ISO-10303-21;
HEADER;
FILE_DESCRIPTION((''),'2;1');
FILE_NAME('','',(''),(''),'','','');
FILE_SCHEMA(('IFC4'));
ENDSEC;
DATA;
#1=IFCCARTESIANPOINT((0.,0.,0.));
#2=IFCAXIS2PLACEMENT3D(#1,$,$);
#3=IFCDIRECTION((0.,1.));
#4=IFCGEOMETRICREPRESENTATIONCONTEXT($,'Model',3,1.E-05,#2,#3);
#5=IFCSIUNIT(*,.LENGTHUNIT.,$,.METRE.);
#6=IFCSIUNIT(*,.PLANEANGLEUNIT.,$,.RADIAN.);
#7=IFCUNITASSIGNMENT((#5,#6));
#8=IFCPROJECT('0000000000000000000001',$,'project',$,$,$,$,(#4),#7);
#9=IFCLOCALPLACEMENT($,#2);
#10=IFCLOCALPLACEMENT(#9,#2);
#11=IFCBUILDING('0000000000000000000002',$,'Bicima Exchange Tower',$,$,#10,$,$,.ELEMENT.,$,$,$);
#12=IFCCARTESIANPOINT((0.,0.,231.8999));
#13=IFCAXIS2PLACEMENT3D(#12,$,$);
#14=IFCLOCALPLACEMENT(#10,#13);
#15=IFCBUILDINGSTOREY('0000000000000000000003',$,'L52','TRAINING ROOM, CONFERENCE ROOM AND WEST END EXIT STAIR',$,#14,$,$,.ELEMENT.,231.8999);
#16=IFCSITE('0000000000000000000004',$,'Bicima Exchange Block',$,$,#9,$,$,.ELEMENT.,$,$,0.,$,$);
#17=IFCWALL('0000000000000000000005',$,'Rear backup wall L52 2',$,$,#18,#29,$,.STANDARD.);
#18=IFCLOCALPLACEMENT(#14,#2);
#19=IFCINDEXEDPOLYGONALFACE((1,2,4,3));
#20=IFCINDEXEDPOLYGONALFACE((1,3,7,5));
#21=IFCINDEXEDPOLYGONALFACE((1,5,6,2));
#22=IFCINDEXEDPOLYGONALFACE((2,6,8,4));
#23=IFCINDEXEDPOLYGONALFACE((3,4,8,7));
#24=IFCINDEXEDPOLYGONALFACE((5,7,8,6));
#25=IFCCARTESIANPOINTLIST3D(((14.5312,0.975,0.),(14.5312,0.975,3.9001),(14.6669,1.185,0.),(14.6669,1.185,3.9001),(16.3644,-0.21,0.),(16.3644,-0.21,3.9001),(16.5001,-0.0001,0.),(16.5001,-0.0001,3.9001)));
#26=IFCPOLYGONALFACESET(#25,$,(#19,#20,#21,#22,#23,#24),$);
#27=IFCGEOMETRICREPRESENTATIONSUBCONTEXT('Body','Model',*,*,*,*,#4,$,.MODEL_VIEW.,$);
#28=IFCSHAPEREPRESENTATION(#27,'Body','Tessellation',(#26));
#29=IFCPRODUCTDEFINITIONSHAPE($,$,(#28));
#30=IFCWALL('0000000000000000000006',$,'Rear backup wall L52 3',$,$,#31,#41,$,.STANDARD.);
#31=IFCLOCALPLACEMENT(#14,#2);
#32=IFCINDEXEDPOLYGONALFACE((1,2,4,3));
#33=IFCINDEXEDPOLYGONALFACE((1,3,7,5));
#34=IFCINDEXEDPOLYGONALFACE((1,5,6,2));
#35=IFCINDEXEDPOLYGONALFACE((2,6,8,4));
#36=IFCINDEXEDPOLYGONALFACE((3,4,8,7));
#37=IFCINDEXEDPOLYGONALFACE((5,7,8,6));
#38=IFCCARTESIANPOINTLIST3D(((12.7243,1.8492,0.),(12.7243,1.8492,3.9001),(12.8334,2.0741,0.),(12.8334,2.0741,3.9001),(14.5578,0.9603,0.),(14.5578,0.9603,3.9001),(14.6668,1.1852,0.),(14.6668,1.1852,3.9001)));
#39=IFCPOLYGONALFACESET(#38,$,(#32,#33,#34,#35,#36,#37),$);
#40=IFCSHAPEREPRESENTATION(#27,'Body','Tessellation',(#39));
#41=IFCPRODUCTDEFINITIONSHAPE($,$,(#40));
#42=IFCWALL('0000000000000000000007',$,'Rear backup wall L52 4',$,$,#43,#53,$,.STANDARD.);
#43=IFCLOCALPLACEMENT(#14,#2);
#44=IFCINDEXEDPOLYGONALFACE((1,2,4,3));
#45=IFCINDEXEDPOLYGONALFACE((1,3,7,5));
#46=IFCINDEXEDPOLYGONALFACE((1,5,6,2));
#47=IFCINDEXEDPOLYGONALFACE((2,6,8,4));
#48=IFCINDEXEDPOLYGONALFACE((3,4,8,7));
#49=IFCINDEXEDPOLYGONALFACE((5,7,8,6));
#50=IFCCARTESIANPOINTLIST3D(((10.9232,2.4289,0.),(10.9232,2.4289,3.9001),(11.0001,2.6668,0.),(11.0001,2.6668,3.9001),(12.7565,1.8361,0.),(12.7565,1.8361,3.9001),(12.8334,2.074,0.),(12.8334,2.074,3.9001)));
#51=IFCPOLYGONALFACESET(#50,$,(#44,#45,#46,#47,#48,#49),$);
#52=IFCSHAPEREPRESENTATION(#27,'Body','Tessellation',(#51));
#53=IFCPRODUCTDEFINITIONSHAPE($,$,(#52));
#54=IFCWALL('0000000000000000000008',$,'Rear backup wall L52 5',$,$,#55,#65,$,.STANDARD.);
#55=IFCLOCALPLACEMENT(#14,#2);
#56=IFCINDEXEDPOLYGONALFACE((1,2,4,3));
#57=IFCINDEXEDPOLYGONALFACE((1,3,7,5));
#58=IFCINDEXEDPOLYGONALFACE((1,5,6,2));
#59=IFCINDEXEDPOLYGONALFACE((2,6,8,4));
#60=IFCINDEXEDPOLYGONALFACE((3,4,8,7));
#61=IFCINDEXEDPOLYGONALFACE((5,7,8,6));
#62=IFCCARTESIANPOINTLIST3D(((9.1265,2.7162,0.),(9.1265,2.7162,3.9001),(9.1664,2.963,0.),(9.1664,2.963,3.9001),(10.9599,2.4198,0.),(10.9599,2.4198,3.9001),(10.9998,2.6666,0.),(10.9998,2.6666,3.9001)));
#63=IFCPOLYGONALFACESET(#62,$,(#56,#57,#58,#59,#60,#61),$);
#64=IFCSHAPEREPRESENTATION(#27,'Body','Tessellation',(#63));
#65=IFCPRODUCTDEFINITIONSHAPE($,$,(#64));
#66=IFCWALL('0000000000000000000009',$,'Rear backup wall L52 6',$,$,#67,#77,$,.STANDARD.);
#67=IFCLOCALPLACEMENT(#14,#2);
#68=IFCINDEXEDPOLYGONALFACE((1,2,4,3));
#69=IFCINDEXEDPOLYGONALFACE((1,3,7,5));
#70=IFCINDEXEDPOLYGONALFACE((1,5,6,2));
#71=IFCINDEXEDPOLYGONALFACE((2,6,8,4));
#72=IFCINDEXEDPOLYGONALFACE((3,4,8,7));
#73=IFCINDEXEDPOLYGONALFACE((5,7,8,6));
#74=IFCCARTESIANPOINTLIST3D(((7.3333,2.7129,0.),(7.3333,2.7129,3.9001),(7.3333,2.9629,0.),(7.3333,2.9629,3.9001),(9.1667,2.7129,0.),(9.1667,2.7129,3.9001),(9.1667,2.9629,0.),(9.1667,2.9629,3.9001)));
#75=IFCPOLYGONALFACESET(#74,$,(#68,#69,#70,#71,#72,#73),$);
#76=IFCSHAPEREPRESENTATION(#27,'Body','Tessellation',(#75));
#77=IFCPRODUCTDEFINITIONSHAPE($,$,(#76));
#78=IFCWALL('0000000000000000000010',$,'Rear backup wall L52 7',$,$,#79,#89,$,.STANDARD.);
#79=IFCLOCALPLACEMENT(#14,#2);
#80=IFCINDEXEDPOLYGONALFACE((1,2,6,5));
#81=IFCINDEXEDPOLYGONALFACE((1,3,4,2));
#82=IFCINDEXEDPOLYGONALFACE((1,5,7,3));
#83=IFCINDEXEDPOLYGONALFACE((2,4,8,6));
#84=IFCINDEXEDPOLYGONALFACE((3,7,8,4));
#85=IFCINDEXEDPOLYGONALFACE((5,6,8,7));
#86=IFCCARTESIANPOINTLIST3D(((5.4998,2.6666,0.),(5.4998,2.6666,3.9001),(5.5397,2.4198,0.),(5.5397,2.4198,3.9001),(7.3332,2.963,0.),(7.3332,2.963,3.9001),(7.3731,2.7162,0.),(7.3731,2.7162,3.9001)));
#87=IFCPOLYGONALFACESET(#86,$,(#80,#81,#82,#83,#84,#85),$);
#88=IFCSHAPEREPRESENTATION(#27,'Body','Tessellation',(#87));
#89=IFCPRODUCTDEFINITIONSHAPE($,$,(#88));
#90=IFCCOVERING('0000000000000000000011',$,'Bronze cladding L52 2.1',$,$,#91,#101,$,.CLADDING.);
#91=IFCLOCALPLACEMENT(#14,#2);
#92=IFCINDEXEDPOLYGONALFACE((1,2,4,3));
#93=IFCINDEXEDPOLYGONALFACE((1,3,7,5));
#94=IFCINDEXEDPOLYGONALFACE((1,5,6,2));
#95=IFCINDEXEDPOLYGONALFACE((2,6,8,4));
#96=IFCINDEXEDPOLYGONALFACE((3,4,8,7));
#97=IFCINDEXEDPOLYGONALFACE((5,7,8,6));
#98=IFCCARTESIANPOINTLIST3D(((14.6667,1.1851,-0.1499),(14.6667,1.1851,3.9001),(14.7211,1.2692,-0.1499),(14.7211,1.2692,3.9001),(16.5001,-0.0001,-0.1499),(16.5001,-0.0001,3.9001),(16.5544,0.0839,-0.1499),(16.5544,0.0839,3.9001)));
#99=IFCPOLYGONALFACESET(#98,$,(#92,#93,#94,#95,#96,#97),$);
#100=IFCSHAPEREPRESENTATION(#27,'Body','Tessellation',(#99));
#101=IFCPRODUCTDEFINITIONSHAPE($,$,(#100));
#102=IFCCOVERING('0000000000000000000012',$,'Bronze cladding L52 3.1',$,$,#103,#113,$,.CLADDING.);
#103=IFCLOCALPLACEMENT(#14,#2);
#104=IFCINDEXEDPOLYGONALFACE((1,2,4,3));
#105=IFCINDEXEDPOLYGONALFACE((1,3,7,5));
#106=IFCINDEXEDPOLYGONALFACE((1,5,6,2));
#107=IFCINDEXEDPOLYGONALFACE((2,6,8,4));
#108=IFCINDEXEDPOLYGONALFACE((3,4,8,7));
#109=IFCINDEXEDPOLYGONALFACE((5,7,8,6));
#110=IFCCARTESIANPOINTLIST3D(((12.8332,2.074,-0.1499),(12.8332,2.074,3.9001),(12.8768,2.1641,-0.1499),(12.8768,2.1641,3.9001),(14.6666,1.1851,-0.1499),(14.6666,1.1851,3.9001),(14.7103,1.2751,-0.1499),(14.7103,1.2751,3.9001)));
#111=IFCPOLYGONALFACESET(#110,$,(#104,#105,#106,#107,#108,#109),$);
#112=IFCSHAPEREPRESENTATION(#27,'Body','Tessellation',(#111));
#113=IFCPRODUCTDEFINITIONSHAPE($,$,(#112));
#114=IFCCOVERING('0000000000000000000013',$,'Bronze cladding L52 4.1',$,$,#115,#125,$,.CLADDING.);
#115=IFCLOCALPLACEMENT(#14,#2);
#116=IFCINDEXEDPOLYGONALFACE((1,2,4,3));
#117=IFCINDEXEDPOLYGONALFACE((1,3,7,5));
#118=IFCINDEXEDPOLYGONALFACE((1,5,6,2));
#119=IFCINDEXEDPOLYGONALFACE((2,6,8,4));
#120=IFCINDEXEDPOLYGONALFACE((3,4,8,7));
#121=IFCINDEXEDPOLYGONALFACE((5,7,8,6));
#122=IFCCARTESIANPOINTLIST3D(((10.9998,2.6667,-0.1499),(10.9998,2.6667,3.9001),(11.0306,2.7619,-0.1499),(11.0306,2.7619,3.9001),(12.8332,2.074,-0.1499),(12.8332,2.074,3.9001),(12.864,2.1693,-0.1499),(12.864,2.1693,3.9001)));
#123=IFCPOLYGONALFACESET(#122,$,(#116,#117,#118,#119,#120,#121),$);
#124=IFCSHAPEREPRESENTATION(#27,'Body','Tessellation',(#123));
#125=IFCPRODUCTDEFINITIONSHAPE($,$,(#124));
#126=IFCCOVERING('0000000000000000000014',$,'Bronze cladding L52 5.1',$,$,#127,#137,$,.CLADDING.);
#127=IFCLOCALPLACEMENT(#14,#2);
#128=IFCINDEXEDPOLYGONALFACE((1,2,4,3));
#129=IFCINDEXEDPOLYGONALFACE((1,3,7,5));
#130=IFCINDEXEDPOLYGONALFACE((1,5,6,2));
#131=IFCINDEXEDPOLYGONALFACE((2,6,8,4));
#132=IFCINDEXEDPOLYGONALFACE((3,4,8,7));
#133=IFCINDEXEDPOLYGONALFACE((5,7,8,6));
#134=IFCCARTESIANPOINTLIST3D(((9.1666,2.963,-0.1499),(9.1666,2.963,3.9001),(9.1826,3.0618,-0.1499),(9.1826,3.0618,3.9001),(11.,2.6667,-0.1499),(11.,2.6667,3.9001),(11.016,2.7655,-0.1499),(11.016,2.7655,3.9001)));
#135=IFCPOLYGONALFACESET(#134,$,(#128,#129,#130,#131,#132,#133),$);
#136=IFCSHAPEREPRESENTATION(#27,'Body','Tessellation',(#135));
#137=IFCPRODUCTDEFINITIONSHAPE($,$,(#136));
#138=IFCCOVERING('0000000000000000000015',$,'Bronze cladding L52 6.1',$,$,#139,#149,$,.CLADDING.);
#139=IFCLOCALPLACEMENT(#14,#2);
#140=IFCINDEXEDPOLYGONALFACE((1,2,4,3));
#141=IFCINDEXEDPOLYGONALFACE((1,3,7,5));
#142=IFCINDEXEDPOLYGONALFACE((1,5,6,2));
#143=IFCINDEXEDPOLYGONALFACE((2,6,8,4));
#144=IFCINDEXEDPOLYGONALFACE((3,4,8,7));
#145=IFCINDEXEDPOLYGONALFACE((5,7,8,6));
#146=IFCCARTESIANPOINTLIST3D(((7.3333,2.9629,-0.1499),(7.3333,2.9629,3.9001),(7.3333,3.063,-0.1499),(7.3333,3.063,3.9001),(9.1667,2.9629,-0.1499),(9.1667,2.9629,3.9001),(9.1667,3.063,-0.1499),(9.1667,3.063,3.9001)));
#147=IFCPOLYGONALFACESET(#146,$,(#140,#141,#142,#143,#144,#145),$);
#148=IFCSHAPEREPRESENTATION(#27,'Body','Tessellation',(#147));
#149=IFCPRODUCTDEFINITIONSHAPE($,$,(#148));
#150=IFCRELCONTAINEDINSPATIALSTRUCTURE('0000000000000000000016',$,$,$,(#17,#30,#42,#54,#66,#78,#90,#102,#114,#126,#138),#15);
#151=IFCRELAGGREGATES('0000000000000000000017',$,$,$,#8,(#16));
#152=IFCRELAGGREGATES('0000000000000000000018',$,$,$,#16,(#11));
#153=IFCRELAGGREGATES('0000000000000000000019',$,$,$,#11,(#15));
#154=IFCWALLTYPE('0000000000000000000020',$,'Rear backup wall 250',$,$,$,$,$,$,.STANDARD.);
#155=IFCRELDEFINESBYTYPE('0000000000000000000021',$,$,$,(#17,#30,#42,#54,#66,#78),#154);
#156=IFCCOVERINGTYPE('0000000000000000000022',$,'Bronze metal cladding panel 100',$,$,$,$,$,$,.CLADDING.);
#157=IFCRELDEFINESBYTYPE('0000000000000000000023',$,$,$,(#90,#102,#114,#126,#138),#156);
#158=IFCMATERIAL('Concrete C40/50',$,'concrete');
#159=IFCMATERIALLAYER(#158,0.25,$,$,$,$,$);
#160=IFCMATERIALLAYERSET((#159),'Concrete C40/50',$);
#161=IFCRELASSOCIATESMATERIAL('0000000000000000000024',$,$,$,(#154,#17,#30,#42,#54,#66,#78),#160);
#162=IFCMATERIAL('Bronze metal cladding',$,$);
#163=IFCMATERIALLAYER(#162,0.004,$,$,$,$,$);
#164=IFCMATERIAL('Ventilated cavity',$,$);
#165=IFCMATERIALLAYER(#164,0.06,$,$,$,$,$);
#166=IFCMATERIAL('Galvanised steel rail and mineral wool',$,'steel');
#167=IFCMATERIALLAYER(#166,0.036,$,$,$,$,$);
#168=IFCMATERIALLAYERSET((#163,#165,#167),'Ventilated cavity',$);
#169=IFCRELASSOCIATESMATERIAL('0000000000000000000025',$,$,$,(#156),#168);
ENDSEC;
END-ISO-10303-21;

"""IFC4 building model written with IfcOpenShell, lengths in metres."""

from ifc_helpers import new_model, si_unit, direction, frame, frame_2d, origin, origin_2d, place, context, subcontext, project, spatial, rectangle, extrude, material, layer, layer_set, layer_usage, type_object, element, save


model = new_model("IFC4")

# Units and contexts
model_context = context("Model", 3, precision=1e-05, world=origin(), true_north=direction((0.0, 1.0)))
body_context = subcontext(model_context, "Body", "Model", "MODEL_VIEW")
ifc_project = project(units=[si_unit("LENGTHUNIT", "METRE"), si_unit("PLANEANGLEUNIT", "RADIAN")], contexts=[model_context])

# Site, building, storey
site_placement = place(None, origin())
site = spatial("IfcSite", under=ifc_project, at=site_placement, Name="Bicima Exchange Block", CompositionType="ELEMENT", RefElevation=0.0)
building_placement = place(site_placement, origin())
building = spatial("IfcBuilding", under=site, at=building_placement, Name="Bicima Exchange Tower", CompositionType="ELEMENT")
storey_placement = place(building_placement, frame((0.0, 0.0, 231.8999)))
storey = spatial("IfcBuildingStorey", under=building, at=storey_placement, Name="L52", Description="TRAINING ROOM, CONFERENCE ROOM AND WEST END EXIT STAIR", CompositionType="ELEMENT", Elevation=231.8999)

# Walls
ifc_material_1 = material(Name="Concrete C40/50", Category="concrete")
ifc_layer_1 = layer(ifc_material_1, 0.25)
ifc_layer_set_1 = layer_set([ifc_layer_1], Name="Concrete C40/50")
ifc_layer_usage = layer_usage(ifc_layer_set_1, "AXIS2", "POSITIVE", -0.125)
wall_type_1 = type_object("IfcWallType", Name="Rear backup wall 250", PredefinedType="STANDARD", material=ifc_layer_set_1)
wall_1_placement = place(storey_placement, frame((16.4321, -0.105, 0.0), z_axis=(0.0, 0.0, 1.0), x_axis=(-0.839813, 0.542876, 0.0)))
element("IfcWall", 1, at=wall_1_placement, inside=storey, type_object=wall_type_1, material=ifc_layer_usage, Name="Rear backup wall L52 2", PredefinedType="STANDARD", context=body_context, shape_type="SweptSolid", body=[
    extrude(rectangle(XDim=2.1829, YDim=0.25, at=frame_2d((1.0913, 0.0))), origin(), (0.0, 0.0, 1.0), 3.9001),
])
wall_2_placement = place(storey_placement, frame((14.6123, 1.0728, 0.0), z_axis=(0.0, 0.0, 1.0), x_axis=(-0.899824, 0.436253, 0.0)))
element("IfcWall", 2, at=wall_2_placement, inside=storey, type_object=wall_type_1, material=ifc_layer_usage, Name="Rear backup wall L52 3", PredefinedType="STANDARD", context=body_context, shape_type="SweptSolid", body=[
    extrude(rectangle(XDim=2.0376, YDim=0.25, at=frame_2d((1.0188, 0.0))), origin(), (0.0, 0.0, 1.0), 3.9001),
])
wall_3_placement = place(storey_placement, frame((12.7949, 1.9551, 0.0), z_axis=(0.0, 0.0, 1.0), x_axis=(-0.951496, 0.307662, 0.0)))
element("IfcWall", 3, at=wall_3_placement, inside=storey, type_object=wall_type_1, material=ifc_layer_usage, Name="Rear backup wall L52 4", PredefinedType="STANDARD", context=body_context, shape_type="SweptSolid", body=[
    extrude(rectangle(XDim=1.9268, YDim=0.25, at=frame_2d((0.9634, 0.0))), origin(), (0.0, 0.0, 1.0), 3.9001),
])
wall_4_placement = place(storey_placement, frame((10.98, 2.5432, 0.0), z_axis=(0.0, 0.0, 1.0), x_axis=(-0.987182, 0.1596, 0.0)))
element("IfcWall", 4, at=wall_4_placement, inside=storey, type_object=wall_type_1, material=ifc_layer_usage, Name="Rear backup wall L52 5", PredefinedType="STANDARD", context=body_context, shape_type="SweptSolid", body=[
    extrude(rectangle(XDim=1.8572, YDim=0.25, at=frame_2d((0.9287, 0.0))), origin(), (0.0, 0.0, 1.0), 3.9001),
])
wall_5_placement = place(storey_placement, frame((9.1667, 2.8379, 0.0), z_axis=(0.0, 0.0, 1.0), x_axis=(-1.0, 0.0, 0.0)))
element("IfcWall", 5, at=wall_5_placement, inside=storey, type_object=wall_type_1, material=ifc_layer_usage, Name="Rear backup wall L52 6", PredefinedType="STANDARD", context=body_context, shape_type="SweptSolid", body=[
    extrude(rectangle(XDim=1.8335, YDim=0.25, at=frame_2d((0.9167, 0.0))), origin(), (0.0, 0.0, 1.0), 3.9001),
])
wall_6_placement = place(storey_placement, frame((7.3533, 2.8396, 0.0), z_axis=(0.0, 0.0, 1.0), x_axis=(-0.987182, -0.1596, 0.0)))
element("IfcWall", 6, at=wall_6_placement, inside=storey, type_object=wall_type_1, material=ifc_layer_usage, Name="Rear backup wall L52 7", PredefinedType="STANDARD", context=body_context, shape_type="SweptSolid", body=[
    extrude(rectangle(XDim=1.8572, YDim=0.25, at=frame_2d((0.9287, 0.0))), origin(), (0.0, 0.0, 1.0), 3.9001),
])

# Coverings
ifc_material_2 = material(Name="Bronze metal cladding")
ifc_layer_2 = layer(ifc_material_2, 0.004)
ifc_material_3 = material(Name="Ventilated cavity")
ifc_layer_3 = layer(ifc_material_3, 0.06)
ifc_material_4 = material(Name="Galvanised steel rail and mineral wool", Category="steel")
ifc_layer_4 = layer(ifc_material_4, 0.036)
ifc_layer_set_2 = layer_set([ifc_layer_2, ifc_layer_3, ifc_layer_4], Name="Ventilated cavity")
covering_type = type_object("IfcCoveringType", Name="Bronze metal cladding panel 100", PredefinedType="CLADDING", material=ifc_layer_set_2)
covering_1_placement = place(storey_placement, frame((15.6106, 0.6345, -0.1499), z_axis=(0.0, 0.0, 1.0), x_axis=(-0.83979, 0.542911, 0.0)))
element("IfcCovering", 7, at=covering_1_placement, inside=storey, type_object=covering_type, Name="Bronze cladding L52 2.1", PredefinedType="CLADDING", context=body_context, shape_type="SweptSolid", body=[
    extrude(rectangle(XDim=2.1831, YDim=0.1001, at=origin_2d()), origin(), (0.0, 0.0, 1.0), 4.05),
])
covering_2_placement = place(storey_placement, frame((13.7717, 1.6746, -0.1499), z_axis=(0.0, 0.0, 1.0), x_axis=(-0.899818, 0.436265, 0.0)))
element("IfcCovering", 8, at=covering_2_placement, inside=storey, type_object=covering_type, Name="Bronze cladding L52 3.1", PredefinedType="CLADDING", context=body_context, shape_type="SweptSolid", body=[
    extrude(rectangle(XDim=2.0376, YDim=0.1001, at=origin_2d()), origin(), (0.0, 0.0, 1.0), 4.05),
])
covering_3_placement = place(storey_placement, frame((11.9319, 2.418, -0.1499), z_axis=(0.0, 0.0, 1.0), x_axis=(-0.951525, 0.307573, 0.0)))
element("IfcCovering", 9, at=covering_3_placement, inside=storey, type_object=covering_type, Name="Bronze cladding L52 4.1", PredefinedType="CLADDING", context=body_context, shape_type="SweptSolid", body=[
    extrude(rectangle(XDim=1.9268, YDim=0.1001, at=origin_2d()), origin(), (0.0, 0.0, 1.0), 4.05),
])
covering_4_placement = place(storey_placement, frame((10.0913, 2.8643, -0.1499), z_axis=(0.0, 0.0, 1.0), x_axis=(-0.98719, 0.15955, 0.0)))
element("IfcCovering", 10, at=covering_4_placement, inside=storey, type_object=covering_type, Name="Bronze cladding L52 5.1", PredefinedType="CLADDING", context=body_context, shape_type="SweptSolid", body=[
    extrude(rectangle(XDim=1.8572, YDim=0.1001, at=origin_2d()), origin(), (0.0, 0.0, 1.0), 4.05),
])
covering_5_placement = place(storey_placement, frame((8.25, 3.0129, -0.1499), z_axis=(0.0, 0.0, 1.0), x_axis=(-1.0, 0.0, 0.0)))
element("IfcCovering", 11, at=covering_5_placement, inside=storey, type_object=covering_type, Name="Bronze cladding L52 6.1", PredefinedType="CLADDING", context=body_context, shape_type="SweptSolid", body=[
    extrude(rectangle(XDim=1.8335, YDim=0.1001, at=origin_2d()), origin(), (0.0, 0.0, 1.0), 4.05),
])

save(model, "model.ifc")
